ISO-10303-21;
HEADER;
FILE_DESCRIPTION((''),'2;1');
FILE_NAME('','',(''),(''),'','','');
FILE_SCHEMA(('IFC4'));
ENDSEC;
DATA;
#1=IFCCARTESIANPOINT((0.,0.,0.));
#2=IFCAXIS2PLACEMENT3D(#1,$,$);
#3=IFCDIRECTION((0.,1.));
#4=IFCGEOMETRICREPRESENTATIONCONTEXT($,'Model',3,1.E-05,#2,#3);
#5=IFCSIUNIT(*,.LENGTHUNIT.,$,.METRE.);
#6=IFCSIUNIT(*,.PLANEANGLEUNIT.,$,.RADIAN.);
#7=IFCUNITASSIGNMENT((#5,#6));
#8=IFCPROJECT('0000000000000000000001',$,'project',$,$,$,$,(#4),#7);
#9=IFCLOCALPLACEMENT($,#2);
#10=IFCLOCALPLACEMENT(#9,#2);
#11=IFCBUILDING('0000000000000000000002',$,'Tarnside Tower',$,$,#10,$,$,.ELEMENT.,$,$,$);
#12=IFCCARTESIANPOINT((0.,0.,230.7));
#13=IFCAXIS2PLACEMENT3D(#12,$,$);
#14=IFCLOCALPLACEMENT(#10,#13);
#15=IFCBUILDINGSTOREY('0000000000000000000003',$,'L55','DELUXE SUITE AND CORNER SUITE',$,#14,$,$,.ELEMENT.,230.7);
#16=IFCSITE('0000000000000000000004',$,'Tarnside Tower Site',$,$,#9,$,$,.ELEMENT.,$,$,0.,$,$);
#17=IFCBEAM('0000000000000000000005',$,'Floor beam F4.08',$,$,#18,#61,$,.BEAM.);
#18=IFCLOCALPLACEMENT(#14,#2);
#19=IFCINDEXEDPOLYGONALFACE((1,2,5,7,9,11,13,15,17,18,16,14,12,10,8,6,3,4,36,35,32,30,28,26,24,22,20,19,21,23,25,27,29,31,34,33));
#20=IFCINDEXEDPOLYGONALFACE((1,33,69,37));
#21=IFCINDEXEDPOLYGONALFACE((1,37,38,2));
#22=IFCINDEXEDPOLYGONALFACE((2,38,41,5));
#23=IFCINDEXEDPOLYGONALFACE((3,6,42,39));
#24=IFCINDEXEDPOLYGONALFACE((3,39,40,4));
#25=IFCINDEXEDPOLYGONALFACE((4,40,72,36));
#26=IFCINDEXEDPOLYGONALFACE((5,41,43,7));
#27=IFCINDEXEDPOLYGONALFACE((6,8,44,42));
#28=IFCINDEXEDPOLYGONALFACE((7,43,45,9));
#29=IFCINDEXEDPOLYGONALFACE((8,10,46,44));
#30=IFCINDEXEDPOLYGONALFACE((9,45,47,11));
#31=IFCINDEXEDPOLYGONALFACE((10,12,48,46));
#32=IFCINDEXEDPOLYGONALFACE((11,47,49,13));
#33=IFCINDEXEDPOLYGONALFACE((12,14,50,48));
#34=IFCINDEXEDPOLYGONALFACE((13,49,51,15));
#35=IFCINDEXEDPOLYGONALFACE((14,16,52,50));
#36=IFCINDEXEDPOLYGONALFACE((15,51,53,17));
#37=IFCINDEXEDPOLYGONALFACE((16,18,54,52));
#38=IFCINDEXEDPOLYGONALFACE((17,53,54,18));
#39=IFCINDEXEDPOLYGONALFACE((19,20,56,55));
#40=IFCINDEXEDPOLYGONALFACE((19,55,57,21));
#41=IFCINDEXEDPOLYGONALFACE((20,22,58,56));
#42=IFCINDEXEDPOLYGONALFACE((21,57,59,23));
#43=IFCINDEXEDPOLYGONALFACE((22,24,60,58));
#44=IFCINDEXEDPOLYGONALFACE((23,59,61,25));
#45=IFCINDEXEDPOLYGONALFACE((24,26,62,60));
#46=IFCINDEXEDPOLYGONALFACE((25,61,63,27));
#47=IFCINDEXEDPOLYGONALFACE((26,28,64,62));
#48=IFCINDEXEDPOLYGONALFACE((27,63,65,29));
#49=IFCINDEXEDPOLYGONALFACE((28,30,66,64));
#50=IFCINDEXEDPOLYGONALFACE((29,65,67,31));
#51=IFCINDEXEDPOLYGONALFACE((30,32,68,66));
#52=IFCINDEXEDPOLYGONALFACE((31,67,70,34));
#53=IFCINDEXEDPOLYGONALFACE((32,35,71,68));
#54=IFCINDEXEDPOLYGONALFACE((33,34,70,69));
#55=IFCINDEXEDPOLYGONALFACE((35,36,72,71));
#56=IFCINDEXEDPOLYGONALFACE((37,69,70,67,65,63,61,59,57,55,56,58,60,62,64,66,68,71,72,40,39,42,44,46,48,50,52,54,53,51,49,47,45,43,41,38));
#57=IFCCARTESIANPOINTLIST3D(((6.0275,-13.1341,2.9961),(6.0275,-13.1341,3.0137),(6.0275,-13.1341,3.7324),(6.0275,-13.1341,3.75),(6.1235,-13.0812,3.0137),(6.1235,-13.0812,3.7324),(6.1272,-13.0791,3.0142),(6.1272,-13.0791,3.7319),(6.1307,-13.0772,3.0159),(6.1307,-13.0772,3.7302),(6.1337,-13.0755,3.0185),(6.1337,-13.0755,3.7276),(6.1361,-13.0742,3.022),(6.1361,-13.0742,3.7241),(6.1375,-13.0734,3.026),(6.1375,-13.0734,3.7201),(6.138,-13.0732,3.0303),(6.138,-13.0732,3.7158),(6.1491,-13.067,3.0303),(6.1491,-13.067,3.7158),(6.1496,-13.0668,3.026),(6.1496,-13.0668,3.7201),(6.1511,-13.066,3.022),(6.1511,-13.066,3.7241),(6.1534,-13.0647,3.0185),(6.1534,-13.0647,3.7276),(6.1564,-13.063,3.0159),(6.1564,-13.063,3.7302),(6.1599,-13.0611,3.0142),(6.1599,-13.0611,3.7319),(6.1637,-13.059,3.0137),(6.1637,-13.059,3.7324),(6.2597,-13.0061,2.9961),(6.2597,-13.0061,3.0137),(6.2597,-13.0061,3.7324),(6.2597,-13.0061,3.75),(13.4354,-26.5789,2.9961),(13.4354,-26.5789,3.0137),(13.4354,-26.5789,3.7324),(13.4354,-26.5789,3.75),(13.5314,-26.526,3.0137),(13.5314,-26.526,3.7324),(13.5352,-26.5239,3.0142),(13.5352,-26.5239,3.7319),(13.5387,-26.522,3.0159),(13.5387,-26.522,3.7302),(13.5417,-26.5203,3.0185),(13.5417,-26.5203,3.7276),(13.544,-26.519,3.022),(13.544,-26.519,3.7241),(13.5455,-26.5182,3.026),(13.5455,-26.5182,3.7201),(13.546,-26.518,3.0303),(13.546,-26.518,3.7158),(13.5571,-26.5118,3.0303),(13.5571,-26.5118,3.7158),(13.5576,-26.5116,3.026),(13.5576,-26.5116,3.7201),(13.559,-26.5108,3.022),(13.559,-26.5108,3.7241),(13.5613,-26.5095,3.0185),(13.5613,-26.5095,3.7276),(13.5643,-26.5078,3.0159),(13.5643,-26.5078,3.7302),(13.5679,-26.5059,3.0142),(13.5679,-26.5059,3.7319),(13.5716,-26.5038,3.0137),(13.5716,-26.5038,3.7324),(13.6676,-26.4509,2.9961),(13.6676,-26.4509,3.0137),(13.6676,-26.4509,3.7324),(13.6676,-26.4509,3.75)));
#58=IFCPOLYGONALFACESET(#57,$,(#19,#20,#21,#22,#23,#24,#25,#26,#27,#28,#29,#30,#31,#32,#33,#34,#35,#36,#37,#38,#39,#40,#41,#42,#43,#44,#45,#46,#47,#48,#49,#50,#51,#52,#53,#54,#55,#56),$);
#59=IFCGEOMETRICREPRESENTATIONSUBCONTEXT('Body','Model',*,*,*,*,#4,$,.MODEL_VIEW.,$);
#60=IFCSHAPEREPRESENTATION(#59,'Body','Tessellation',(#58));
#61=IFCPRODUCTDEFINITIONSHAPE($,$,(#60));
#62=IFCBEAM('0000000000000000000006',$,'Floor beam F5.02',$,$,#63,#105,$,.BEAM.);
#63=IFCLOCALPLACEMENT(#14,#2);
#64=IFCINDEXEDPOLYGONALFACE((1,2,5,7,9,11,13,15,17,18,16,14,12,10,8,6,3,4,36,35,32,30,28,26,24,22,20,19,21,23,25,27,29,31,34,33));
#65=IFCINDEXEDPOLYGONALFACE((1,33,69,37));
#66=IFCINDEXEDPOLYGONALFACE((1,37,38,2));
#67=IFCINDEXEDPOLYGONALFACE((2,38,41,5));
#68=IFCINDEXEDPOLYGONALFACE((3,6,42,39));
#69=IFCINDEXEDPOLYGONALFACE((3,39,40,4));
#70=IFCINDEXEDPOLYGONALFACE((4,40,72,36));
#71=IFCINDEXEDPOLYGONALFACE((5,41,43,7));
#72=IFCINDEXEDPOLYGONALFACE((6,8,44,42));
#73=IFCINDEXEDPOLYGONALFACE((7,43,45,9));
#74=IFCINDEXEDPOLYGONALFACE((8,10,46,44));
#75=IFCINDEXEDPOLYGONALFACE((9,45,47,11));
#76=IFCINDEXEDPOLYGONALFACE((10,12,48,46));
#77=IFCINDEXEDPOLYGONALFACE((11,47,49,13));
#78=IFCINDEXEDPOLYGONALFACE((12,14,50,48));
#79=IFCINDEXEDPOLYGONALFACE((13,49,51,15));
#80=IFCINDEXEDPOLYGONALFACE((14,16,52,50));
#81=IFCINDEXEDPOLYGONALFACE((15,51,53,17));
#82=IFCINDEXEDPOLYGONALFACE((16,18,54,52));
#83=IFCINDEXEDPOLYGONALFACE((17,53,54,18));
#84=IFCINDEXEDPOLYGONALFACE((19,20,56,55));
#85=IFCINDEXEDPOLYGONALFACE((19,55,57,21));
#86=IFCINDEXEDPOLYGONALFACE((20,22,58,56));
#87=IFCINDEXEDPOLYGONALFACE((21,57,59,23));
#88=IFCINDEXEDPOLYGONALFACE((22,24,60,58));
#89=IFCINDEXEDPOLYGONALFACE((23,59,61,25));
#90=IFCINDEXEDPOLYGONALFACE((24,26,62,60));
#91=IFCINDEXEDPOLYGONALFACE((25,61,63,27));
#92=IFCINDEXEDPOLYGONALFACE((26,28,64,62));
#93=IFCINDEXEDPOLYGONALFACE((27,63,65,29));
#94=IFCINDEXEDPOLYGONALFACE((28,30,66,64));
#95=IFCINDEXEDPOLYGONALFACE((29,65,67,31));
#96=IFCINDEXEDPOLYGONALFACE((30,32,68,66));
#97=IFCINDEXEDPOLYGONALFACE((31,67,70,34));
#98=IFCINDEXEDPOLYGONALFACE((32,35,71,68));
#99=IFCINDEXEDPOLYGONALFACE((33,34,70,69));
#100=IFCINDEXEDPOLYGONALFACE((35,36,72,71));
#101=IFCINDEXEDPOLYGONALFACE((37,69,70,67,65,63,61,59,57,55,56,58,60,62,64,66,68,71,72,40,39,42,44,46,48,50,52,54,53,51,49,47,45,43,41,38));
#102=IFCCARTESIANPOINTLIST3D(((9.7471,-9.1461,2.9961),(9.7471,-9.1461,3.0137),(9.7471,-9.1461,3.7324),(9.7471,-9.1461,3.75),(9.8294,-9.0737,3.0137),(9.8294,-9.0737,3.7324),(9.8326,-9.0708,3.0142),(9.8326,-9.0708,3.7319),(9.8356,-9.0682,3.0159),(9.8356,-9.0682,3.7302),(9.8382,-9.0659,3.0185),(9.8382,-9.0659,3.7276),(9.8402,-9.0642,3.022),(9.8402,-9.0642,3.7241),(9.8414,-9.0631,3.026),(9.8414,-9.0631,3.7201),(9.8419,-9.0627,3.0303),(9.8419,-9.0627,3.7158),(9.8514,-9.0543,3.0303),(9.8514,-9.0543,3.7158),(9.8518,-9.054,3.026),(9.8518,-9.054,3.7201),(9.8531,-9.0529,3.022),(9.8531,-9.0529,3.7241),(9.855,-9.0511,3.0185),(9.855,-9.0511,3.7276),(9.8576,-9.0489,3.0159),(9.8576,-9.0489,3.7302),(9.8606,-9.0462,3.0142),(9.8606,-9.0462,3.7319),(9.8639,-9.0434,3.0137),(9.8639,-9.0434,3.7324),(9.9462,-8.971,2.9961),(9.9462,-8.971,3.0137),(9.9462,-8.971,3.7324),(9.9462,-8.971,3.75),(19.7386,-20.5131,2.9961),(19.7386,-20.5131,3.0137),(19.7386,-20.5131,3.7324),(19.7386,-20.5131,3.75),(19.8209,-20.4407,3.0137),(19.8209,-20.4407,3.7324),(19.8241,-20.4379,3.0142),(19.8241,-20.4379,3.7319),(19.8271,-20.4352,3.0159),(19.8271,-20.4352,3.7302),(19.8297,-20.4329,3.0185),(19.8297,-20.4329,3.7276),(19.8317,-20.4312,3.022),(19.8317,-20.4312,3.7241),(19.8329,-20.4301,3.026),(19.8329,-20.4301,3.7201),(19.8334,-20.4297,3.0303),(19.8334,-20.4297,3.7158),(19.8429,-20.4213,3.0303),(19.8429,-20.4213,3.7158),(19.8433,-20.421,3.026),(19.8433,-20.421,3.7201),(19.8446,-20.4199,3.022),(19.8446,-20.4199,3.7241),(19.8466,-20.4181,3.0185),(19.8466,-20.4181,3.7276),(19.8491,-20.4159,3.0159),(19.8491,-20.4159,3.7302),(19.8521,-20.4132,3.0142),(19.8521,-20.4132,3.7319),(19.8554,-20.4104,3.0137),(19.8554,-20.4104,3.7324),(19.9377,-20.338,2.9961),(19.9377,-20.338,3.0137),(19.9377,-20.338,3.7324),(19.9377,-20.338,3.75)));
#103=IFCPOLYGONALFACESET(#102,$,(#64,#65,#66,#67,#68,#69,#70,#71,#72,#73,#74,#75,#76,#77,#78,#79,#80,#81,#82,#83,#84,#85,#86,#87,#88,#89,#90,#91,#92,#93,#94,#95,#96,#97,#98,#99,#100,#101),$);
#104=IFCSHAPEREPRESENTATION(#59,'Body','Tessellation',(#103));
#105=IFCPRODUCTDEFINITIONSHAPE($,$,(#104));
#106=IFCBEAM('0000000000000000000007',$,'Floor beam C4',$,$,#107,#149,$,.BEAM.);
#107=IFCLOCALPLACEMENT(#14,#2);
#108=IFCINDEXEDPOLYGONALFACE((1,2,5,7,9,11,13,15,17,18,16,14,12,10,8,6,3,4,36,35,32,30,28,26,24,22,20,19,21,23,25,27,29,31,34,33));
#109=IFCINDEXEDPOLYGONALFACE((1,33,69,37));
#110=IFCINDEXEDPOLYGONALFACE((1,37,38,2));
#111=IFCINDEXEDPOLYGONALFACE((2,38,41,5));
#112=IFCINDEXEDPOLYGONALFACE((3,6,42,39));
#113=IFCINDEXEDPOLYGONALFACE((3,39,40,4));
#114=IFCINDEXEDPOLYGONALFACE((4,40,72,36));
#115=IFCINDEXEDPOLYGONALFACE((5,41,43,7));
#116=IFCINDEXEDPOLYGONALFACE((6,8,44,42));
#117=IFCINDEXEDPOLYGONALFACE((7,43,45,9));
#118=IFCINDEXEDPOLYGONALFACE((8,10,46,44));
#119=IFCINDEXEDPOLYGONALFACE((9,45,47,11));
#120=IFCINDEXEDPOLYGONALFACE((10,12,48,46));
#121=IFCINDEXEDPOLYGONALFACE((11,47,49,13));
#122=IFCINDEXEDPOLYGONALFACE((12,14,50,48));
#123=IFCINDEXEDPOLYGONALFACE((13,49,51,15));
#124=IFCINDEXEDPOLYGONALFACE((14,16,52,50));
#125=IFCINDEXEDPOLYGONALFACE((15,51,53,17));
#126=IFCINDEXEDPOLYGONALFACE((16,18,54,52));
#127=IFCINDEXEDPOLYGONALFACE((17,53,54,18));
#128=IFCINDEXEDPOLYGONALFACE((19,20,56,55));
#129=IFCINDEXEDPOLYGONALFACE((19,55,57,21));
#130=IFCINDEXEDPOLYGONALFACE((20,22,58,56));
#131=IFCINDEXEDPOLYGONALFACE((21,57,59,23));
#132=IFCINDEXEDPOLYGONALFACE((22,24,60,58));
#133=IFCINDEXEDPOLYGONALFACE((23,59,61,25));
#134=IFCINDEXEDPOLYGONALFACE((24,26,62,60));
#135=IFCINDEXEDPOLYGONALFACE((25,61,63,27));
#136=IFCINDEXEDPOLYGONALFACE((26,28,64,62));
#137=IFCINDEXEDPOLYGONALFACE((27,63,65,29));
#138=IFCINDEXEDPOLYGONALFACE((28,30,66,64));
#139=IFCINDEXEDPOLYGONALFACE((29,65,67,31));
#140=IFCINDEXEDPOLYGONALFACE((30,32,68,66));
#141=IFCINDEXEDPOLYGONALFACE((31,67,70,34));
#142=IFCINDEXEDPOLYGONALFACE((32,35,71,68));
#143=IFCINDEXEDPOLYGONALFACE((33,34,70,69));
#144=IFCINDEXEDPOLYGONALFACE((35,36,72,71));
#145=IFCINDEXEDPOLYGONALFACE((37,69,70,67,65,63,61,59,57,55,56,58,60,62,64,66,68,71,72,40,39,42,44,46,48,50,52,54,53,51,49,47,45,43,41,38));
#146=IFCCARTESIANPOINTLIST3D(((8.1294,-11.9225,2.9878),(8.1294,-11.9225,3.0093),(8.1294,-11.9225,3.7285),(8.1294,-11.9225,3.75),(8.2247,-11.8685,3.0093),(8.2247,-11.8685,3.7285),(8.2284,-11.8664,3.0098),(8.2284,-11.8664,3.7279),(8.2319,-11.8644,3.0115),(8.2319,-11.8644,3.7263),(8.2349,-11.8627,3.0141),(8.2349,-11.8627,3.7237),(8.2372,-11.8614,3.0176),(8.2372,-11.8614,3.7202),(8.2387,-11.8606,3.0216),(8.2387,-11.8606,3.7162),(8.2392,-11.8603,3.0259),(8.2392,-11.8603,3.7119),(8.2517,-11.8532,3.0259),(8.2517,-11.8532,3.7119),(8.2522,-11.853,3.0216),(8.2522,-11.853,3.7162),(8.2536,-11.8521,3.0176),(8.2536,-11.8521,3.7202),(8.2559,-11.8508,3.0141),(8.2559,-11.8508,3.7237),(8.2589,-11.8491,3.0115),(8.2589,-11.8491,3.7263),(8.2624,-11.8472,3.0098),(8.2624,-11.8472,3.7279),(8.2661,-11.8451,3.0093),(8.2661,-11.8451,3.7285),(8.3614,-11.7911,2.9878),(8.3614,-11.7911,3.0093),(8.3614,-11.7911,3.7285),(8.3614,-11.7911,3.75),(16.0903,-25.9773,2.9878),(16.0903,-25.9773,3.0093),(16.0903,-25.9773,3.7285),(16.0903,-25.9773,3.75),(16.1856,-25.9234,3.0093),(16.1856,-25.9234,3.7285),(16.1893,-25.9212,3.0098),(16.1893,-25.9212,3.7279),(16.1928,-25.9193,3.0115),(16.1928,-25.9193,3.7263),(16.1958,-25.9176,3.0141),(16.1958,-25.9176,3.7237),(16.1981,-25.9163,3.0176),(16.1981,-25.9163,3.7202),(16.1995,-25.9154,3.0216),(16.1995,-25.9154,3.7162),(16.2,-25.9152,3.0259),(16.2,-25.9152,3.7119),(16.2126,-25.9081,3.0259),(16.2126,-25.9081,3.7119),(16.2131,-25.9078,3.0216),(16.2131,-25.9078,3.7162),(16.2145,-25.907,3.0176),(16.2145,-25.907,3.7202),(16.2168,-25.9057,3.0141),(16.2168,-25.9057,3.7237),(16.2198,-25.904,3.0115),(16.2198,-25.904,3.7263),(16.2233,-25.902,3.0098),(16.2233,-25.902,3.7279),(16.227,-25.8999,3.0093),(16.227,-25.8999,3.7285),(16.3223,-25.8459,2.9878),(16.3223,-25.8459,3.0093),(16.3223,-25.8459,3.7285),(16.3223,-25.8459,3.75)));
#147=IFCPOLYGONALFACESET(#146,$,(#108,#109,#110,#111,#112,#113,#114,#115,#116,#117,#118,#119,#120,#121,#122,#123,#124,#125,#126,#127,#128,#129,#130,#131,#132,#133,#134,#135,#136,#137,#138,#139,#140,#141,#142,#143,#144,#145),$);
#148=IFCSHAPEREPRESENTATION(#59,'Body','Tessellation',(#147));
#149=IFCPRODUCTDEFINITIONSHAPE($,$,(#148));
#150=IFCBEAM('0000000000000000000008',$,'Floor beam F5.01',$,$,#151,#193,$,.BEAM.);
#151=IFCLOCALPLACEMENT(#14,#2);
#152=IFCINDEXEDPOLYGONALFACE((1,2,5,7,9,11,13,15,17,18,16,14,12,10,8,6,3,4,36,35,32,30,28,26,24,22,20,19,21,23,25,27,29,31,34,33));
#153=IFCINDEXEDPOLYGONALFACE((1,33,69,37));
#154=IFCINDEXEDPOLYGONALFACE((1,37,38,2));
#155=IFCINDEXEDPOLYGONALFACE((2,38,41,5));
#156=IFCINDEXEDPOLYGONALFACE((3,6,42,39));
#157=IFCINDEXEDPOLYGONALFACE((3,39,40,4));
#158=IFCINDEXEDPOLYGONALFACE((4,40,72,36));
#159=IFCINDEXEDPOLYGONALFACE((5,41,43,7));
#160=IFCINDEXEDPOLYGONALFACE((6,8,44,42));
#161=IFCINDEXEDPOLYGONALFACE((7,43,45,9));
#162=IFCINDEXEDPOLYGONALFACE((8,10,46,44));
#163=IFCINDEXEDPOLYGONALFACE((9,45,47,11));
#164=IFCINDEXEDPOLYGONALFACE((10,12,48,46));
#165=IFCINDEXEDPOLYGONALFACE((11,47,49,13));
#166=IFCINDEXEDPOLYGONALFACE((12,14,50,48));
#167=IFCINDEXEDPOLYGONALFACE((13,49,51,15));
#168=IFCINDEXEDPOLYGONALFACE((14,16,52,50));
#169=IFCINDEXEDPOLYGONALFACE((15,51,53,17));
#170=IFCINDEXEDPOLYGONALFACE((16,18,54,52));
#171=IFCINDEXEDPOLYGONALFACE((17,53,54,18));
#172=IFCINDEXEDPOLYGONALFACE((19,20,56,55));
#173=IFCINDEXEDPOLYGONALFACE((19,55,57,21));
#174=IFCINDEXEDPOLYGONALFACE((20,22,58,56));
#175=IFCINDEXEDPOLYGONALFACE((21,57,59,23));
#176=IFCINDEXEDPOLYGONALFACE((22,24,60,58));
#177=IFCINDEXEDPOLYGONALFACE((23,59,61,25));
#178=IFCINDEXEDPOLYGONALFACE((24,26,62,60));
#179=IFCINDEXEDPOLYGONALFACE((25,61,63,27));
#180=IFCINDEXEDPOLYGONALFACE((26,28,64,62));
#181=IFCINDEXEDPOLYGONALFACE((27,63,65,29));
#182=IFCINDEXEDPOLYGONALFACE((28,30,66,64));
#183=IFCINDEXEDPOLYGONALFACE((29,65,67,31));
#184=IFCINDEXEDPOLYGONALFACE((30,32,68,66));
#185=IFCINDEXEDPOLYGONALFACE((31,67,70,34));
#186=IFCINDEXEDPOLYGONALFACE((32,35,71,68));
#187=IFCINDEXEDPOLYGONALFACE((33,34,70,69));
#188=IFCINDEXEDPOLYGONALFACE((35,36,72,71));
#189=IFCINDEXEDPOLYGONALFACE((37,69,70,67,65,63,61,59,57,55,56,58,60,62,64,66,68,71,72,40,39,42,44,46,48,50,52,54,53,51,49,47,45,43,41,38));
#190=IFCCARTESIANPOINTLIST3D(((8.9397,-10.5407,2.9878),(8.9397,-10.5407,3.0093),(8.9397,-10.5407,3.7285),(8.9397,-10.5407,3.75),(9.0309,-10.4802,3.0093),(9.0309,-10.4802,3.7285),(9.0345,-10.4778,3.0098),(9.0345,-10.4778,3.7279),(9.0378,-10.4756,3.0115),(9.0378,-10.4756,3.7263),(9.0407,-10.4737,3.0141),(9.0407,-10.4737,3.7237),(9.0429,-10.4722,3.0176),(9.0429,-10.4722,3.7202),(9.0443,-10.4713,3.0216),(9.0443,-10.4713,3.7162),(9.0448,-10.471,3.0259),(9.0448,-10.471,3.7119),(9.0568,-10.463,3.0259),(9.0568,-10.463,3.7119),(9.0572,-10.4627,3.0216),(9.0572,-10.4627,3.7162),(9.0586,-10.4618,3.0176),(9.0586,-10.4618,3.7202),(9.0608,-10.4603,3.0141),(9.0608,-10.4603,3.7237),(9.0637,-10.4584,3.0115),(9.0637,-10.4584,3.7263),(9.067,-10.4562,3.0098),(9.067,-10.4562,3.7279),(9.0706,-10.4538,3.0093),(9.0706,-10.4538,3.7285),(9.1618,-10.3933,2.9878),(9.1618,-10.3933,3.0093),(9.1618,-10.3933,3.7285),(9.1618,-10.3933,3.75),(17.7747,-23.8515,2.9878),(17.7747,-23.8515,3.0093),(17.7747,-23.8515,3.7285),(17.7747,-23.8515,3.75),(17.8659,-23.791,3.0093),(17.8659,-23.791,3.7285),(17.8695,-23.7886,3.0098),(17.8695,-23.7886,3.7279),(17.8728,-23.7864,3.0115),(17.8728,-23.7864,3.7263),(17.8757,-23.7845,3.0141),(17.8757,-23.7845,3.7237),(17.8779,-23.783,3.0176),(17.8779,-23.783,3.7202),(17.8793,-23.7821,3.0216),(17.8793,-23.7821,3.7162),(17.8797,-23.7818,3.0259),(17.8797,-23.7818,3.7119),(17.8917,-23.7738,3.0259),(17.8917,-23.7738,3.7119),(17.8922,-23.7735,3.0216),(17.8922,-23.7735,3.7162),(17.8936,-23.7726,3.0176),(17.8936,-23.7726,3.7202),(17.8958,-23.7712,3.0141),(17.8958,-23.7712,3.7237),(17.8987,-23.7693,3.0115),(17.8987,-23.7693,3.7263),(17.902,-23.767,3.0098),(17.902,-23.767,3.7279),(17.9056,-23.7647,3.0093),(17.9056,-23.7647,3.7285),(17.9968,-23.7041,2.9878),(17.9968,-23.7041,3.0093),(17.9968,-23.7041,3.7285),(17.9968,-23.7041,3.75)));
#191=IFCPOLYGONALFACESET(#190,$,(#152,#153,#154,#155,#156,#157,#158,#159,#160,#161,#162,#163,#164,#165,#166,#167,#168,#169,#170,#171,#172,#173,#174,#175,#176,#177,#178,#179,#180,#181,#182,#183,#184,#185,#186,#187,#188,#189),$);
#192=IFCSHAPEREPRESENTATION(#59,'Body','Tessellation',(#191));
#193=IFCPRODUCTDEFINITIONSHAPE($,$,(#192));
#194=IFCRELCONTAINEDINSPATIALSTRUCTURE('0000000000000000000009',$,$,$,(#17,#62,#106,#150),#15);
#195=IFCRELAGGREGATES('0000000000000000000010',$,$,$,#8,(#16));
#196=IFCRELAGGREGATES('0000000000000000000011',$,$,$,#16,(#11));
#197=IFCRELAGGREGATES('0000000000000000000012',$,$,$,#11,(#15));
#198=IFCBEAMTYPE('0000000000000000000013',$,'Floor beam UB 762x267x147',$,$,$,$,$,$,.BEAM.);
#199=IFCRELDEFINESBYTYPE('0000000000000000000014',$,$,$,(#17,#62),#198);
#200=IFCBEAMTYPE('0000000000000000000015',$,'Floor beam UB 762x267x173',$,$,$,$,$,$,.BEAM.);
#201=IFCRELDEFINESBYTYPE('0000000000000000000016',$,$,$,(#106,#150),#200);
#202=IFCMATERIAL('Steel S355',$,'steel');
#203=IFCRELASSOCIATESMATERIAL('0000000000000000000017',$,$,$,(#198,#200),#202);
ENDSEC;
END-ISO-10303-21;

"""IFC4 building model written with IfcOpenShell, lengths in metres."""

from ifc_helpers import new_model, si_unit, direction, frame, origin, origin_2d, place, context, subcontext, project, spatial, i_section, extrude, material, material_profile, profile_set, type_object, element, save


model = new_model("IFC4")

# Units and contexts
model_context = context("Model", 3, precision=1e-05, world=origin(), true_north=direction((0.0, 1.0)))
body_context = subcontext(model_context, "Body", "Model", "MODEL_VIEW")
ifc_project = project(units=[si_unit("LENGTHUNIT", "METRE"), si_unit("PLANEANGLEUNIT", "RADIAN")], contexts=[model_context])

# Site, building, storey
site_placement = place(None, origin())
site = spatial("IfcSite", under=ifc_project, at=site_placement, Name="Tarnside Tower Site", CompositionType="ELEMENT", RefElevation=0.0)
building_placement = place(site_placement, origin())
building = spatial("IfcBuilding", under=site, at=building_placement, Name="Tarnside Tower", CompositionType="ELEMENT")
storey_placement = place(building_placement, frame((0.0, 0.0, 230.7)))
storey = spatial("IfcBuildingStorey", under=building, at=storey_placement, Name="L55", Description="DELUXE SUITE AND CORNER SUITE", CompositionType="ELEMENT", Elevation=230.7)

# Beams
ifc_material_1 = material(Name="Steel S355", Category="steel")
ifc_material_profile_1 = material_profile(ifc_material_1, i_section(OverallWidth=0.2651, OverallDepth=0.7539, WebThickness=0.0127, FlangeThickness=0.0176, FilletRadius=0.0166, at=origin_2d()), Name="UB 762x267x147")
ifc_profile_set_1 = profile_set([ifc_material_profile_1], Name="Steel S355")
beam_type_1 = type_object("IfcBeamType", Name="Floor beam UB 762x267x147", PredefinedType="BEAM", material=ifc_profile_set_1)
beam_1_placement = place(storey_placement, frame((13.5515, -26.5149, 3.373), z_axis=(-0.482584, 0.87585, 0.0), x_axis=(-0.87585, -0.482584, 0.0)))
element("IfcBeam", 1, at=beam_1_placement, inside=storey, type_object=beam_type_1, Name="Floor beam F4.08", PredefinedType="BEAM", context=body_context, shape_type="SweptSolid", body=[
    extrude(i_section(OverallWidth=0.2651, OverallDepth=0.7539, WebThickness=0.0127, FlangeThickness=0.0176, FilletRadius=0.0166, at=origin_2d()), origin(), (0.0, 0.0, 1.0), 15.3506),
])
beam_2_placement = place(storey_placement, frame((19.8381, -20.4255, 3.373), z_axis=(-0.660201, 0.751089, 0.0), x_axis=(-0.751089, -0.660201, 0.0)))
element("IfcBeam", 2, at=beam_2_placement, inside=storey, type_object=beam_type_1, Name="Floor beam F5.02", PredefinedType="BEAM", context=body_context, shape_type="SweptSolid", body=[
    extrude(i_section(OverallWidth=0.2651, OverallDepth=0.7539, WebThickness=0.0127, FlangeThickness=0.0176, FilletRadius=0.0166, at=origin_2d()), origin(), (0.0, 0.0, 1.0), 15.134),
])
ifc_material_profile_2 = material_profile(ifc_material_1, i_section(OverallWidth=0.2666, OverallDepth=0.7622, WebThickness=0.0144, FlangeThickness=0.0215, FilletRadius=0.0166, at=origin_2d()), Name="UB 762x267x173")
ifc_profile_set_2 = profile_set([ifc_material_profile_2], Name="Steel S355")
beam_type_2 = type_object("IfcBeamType", Name="Floor beam UB 762x267x173", PredefinedType="BEAM", material=ifc_profile_set_2)
beam_3_placement = place(storey_placement, frame((16.2063, -25.9116, 3.3689), z_axis=(-0.492847, 0.870116, 0.0), x_axis=(-0.870116, -0.492847, 0.0)))
element("IfcBeam", 3, at=beam_3_placement, inside=storey, type_object=beam_type_2, Name="Floor beam C4", PredefinedType="BEAM", context=body_context, shape_type="SweptSolid", body=[
    extrude(i_section(OverallWidth=0.2666, OverallDepth=0.7622, WebThickness=0.0144, FlangeThickness=0.0215, FilletRadius=0.0166, at=origin_2d()), origin(), (0.0, 0.0, 1.0), 16.1528),
])
beam_4_placement = place(storey_placement, frame((17.8857, -23.7778, 3.3689), z_axis=(-0.553013, 0.833172, 0.0), x_axis=(-0.833172, -0.553013, 0.0)))
element("IfcBeam", 4, at=beam_4_placement, inside=storey, type_object=beam_type_2, Name="Floor beam F5.01", PredefinedType="BEAM", context=body_context, shape_type="SweptSolid", body=[
    extrude(i_section(OverallWidth=0.2666, OverallDepth=0.7622, WebThickness=0.0144, FlangeThickness=0.0215, FilletRadius=0.0166, at=origin_2d()), origin(), (0.0, 0.0, 1.0), 15.9761),
])

save(model, "model.ifc")
